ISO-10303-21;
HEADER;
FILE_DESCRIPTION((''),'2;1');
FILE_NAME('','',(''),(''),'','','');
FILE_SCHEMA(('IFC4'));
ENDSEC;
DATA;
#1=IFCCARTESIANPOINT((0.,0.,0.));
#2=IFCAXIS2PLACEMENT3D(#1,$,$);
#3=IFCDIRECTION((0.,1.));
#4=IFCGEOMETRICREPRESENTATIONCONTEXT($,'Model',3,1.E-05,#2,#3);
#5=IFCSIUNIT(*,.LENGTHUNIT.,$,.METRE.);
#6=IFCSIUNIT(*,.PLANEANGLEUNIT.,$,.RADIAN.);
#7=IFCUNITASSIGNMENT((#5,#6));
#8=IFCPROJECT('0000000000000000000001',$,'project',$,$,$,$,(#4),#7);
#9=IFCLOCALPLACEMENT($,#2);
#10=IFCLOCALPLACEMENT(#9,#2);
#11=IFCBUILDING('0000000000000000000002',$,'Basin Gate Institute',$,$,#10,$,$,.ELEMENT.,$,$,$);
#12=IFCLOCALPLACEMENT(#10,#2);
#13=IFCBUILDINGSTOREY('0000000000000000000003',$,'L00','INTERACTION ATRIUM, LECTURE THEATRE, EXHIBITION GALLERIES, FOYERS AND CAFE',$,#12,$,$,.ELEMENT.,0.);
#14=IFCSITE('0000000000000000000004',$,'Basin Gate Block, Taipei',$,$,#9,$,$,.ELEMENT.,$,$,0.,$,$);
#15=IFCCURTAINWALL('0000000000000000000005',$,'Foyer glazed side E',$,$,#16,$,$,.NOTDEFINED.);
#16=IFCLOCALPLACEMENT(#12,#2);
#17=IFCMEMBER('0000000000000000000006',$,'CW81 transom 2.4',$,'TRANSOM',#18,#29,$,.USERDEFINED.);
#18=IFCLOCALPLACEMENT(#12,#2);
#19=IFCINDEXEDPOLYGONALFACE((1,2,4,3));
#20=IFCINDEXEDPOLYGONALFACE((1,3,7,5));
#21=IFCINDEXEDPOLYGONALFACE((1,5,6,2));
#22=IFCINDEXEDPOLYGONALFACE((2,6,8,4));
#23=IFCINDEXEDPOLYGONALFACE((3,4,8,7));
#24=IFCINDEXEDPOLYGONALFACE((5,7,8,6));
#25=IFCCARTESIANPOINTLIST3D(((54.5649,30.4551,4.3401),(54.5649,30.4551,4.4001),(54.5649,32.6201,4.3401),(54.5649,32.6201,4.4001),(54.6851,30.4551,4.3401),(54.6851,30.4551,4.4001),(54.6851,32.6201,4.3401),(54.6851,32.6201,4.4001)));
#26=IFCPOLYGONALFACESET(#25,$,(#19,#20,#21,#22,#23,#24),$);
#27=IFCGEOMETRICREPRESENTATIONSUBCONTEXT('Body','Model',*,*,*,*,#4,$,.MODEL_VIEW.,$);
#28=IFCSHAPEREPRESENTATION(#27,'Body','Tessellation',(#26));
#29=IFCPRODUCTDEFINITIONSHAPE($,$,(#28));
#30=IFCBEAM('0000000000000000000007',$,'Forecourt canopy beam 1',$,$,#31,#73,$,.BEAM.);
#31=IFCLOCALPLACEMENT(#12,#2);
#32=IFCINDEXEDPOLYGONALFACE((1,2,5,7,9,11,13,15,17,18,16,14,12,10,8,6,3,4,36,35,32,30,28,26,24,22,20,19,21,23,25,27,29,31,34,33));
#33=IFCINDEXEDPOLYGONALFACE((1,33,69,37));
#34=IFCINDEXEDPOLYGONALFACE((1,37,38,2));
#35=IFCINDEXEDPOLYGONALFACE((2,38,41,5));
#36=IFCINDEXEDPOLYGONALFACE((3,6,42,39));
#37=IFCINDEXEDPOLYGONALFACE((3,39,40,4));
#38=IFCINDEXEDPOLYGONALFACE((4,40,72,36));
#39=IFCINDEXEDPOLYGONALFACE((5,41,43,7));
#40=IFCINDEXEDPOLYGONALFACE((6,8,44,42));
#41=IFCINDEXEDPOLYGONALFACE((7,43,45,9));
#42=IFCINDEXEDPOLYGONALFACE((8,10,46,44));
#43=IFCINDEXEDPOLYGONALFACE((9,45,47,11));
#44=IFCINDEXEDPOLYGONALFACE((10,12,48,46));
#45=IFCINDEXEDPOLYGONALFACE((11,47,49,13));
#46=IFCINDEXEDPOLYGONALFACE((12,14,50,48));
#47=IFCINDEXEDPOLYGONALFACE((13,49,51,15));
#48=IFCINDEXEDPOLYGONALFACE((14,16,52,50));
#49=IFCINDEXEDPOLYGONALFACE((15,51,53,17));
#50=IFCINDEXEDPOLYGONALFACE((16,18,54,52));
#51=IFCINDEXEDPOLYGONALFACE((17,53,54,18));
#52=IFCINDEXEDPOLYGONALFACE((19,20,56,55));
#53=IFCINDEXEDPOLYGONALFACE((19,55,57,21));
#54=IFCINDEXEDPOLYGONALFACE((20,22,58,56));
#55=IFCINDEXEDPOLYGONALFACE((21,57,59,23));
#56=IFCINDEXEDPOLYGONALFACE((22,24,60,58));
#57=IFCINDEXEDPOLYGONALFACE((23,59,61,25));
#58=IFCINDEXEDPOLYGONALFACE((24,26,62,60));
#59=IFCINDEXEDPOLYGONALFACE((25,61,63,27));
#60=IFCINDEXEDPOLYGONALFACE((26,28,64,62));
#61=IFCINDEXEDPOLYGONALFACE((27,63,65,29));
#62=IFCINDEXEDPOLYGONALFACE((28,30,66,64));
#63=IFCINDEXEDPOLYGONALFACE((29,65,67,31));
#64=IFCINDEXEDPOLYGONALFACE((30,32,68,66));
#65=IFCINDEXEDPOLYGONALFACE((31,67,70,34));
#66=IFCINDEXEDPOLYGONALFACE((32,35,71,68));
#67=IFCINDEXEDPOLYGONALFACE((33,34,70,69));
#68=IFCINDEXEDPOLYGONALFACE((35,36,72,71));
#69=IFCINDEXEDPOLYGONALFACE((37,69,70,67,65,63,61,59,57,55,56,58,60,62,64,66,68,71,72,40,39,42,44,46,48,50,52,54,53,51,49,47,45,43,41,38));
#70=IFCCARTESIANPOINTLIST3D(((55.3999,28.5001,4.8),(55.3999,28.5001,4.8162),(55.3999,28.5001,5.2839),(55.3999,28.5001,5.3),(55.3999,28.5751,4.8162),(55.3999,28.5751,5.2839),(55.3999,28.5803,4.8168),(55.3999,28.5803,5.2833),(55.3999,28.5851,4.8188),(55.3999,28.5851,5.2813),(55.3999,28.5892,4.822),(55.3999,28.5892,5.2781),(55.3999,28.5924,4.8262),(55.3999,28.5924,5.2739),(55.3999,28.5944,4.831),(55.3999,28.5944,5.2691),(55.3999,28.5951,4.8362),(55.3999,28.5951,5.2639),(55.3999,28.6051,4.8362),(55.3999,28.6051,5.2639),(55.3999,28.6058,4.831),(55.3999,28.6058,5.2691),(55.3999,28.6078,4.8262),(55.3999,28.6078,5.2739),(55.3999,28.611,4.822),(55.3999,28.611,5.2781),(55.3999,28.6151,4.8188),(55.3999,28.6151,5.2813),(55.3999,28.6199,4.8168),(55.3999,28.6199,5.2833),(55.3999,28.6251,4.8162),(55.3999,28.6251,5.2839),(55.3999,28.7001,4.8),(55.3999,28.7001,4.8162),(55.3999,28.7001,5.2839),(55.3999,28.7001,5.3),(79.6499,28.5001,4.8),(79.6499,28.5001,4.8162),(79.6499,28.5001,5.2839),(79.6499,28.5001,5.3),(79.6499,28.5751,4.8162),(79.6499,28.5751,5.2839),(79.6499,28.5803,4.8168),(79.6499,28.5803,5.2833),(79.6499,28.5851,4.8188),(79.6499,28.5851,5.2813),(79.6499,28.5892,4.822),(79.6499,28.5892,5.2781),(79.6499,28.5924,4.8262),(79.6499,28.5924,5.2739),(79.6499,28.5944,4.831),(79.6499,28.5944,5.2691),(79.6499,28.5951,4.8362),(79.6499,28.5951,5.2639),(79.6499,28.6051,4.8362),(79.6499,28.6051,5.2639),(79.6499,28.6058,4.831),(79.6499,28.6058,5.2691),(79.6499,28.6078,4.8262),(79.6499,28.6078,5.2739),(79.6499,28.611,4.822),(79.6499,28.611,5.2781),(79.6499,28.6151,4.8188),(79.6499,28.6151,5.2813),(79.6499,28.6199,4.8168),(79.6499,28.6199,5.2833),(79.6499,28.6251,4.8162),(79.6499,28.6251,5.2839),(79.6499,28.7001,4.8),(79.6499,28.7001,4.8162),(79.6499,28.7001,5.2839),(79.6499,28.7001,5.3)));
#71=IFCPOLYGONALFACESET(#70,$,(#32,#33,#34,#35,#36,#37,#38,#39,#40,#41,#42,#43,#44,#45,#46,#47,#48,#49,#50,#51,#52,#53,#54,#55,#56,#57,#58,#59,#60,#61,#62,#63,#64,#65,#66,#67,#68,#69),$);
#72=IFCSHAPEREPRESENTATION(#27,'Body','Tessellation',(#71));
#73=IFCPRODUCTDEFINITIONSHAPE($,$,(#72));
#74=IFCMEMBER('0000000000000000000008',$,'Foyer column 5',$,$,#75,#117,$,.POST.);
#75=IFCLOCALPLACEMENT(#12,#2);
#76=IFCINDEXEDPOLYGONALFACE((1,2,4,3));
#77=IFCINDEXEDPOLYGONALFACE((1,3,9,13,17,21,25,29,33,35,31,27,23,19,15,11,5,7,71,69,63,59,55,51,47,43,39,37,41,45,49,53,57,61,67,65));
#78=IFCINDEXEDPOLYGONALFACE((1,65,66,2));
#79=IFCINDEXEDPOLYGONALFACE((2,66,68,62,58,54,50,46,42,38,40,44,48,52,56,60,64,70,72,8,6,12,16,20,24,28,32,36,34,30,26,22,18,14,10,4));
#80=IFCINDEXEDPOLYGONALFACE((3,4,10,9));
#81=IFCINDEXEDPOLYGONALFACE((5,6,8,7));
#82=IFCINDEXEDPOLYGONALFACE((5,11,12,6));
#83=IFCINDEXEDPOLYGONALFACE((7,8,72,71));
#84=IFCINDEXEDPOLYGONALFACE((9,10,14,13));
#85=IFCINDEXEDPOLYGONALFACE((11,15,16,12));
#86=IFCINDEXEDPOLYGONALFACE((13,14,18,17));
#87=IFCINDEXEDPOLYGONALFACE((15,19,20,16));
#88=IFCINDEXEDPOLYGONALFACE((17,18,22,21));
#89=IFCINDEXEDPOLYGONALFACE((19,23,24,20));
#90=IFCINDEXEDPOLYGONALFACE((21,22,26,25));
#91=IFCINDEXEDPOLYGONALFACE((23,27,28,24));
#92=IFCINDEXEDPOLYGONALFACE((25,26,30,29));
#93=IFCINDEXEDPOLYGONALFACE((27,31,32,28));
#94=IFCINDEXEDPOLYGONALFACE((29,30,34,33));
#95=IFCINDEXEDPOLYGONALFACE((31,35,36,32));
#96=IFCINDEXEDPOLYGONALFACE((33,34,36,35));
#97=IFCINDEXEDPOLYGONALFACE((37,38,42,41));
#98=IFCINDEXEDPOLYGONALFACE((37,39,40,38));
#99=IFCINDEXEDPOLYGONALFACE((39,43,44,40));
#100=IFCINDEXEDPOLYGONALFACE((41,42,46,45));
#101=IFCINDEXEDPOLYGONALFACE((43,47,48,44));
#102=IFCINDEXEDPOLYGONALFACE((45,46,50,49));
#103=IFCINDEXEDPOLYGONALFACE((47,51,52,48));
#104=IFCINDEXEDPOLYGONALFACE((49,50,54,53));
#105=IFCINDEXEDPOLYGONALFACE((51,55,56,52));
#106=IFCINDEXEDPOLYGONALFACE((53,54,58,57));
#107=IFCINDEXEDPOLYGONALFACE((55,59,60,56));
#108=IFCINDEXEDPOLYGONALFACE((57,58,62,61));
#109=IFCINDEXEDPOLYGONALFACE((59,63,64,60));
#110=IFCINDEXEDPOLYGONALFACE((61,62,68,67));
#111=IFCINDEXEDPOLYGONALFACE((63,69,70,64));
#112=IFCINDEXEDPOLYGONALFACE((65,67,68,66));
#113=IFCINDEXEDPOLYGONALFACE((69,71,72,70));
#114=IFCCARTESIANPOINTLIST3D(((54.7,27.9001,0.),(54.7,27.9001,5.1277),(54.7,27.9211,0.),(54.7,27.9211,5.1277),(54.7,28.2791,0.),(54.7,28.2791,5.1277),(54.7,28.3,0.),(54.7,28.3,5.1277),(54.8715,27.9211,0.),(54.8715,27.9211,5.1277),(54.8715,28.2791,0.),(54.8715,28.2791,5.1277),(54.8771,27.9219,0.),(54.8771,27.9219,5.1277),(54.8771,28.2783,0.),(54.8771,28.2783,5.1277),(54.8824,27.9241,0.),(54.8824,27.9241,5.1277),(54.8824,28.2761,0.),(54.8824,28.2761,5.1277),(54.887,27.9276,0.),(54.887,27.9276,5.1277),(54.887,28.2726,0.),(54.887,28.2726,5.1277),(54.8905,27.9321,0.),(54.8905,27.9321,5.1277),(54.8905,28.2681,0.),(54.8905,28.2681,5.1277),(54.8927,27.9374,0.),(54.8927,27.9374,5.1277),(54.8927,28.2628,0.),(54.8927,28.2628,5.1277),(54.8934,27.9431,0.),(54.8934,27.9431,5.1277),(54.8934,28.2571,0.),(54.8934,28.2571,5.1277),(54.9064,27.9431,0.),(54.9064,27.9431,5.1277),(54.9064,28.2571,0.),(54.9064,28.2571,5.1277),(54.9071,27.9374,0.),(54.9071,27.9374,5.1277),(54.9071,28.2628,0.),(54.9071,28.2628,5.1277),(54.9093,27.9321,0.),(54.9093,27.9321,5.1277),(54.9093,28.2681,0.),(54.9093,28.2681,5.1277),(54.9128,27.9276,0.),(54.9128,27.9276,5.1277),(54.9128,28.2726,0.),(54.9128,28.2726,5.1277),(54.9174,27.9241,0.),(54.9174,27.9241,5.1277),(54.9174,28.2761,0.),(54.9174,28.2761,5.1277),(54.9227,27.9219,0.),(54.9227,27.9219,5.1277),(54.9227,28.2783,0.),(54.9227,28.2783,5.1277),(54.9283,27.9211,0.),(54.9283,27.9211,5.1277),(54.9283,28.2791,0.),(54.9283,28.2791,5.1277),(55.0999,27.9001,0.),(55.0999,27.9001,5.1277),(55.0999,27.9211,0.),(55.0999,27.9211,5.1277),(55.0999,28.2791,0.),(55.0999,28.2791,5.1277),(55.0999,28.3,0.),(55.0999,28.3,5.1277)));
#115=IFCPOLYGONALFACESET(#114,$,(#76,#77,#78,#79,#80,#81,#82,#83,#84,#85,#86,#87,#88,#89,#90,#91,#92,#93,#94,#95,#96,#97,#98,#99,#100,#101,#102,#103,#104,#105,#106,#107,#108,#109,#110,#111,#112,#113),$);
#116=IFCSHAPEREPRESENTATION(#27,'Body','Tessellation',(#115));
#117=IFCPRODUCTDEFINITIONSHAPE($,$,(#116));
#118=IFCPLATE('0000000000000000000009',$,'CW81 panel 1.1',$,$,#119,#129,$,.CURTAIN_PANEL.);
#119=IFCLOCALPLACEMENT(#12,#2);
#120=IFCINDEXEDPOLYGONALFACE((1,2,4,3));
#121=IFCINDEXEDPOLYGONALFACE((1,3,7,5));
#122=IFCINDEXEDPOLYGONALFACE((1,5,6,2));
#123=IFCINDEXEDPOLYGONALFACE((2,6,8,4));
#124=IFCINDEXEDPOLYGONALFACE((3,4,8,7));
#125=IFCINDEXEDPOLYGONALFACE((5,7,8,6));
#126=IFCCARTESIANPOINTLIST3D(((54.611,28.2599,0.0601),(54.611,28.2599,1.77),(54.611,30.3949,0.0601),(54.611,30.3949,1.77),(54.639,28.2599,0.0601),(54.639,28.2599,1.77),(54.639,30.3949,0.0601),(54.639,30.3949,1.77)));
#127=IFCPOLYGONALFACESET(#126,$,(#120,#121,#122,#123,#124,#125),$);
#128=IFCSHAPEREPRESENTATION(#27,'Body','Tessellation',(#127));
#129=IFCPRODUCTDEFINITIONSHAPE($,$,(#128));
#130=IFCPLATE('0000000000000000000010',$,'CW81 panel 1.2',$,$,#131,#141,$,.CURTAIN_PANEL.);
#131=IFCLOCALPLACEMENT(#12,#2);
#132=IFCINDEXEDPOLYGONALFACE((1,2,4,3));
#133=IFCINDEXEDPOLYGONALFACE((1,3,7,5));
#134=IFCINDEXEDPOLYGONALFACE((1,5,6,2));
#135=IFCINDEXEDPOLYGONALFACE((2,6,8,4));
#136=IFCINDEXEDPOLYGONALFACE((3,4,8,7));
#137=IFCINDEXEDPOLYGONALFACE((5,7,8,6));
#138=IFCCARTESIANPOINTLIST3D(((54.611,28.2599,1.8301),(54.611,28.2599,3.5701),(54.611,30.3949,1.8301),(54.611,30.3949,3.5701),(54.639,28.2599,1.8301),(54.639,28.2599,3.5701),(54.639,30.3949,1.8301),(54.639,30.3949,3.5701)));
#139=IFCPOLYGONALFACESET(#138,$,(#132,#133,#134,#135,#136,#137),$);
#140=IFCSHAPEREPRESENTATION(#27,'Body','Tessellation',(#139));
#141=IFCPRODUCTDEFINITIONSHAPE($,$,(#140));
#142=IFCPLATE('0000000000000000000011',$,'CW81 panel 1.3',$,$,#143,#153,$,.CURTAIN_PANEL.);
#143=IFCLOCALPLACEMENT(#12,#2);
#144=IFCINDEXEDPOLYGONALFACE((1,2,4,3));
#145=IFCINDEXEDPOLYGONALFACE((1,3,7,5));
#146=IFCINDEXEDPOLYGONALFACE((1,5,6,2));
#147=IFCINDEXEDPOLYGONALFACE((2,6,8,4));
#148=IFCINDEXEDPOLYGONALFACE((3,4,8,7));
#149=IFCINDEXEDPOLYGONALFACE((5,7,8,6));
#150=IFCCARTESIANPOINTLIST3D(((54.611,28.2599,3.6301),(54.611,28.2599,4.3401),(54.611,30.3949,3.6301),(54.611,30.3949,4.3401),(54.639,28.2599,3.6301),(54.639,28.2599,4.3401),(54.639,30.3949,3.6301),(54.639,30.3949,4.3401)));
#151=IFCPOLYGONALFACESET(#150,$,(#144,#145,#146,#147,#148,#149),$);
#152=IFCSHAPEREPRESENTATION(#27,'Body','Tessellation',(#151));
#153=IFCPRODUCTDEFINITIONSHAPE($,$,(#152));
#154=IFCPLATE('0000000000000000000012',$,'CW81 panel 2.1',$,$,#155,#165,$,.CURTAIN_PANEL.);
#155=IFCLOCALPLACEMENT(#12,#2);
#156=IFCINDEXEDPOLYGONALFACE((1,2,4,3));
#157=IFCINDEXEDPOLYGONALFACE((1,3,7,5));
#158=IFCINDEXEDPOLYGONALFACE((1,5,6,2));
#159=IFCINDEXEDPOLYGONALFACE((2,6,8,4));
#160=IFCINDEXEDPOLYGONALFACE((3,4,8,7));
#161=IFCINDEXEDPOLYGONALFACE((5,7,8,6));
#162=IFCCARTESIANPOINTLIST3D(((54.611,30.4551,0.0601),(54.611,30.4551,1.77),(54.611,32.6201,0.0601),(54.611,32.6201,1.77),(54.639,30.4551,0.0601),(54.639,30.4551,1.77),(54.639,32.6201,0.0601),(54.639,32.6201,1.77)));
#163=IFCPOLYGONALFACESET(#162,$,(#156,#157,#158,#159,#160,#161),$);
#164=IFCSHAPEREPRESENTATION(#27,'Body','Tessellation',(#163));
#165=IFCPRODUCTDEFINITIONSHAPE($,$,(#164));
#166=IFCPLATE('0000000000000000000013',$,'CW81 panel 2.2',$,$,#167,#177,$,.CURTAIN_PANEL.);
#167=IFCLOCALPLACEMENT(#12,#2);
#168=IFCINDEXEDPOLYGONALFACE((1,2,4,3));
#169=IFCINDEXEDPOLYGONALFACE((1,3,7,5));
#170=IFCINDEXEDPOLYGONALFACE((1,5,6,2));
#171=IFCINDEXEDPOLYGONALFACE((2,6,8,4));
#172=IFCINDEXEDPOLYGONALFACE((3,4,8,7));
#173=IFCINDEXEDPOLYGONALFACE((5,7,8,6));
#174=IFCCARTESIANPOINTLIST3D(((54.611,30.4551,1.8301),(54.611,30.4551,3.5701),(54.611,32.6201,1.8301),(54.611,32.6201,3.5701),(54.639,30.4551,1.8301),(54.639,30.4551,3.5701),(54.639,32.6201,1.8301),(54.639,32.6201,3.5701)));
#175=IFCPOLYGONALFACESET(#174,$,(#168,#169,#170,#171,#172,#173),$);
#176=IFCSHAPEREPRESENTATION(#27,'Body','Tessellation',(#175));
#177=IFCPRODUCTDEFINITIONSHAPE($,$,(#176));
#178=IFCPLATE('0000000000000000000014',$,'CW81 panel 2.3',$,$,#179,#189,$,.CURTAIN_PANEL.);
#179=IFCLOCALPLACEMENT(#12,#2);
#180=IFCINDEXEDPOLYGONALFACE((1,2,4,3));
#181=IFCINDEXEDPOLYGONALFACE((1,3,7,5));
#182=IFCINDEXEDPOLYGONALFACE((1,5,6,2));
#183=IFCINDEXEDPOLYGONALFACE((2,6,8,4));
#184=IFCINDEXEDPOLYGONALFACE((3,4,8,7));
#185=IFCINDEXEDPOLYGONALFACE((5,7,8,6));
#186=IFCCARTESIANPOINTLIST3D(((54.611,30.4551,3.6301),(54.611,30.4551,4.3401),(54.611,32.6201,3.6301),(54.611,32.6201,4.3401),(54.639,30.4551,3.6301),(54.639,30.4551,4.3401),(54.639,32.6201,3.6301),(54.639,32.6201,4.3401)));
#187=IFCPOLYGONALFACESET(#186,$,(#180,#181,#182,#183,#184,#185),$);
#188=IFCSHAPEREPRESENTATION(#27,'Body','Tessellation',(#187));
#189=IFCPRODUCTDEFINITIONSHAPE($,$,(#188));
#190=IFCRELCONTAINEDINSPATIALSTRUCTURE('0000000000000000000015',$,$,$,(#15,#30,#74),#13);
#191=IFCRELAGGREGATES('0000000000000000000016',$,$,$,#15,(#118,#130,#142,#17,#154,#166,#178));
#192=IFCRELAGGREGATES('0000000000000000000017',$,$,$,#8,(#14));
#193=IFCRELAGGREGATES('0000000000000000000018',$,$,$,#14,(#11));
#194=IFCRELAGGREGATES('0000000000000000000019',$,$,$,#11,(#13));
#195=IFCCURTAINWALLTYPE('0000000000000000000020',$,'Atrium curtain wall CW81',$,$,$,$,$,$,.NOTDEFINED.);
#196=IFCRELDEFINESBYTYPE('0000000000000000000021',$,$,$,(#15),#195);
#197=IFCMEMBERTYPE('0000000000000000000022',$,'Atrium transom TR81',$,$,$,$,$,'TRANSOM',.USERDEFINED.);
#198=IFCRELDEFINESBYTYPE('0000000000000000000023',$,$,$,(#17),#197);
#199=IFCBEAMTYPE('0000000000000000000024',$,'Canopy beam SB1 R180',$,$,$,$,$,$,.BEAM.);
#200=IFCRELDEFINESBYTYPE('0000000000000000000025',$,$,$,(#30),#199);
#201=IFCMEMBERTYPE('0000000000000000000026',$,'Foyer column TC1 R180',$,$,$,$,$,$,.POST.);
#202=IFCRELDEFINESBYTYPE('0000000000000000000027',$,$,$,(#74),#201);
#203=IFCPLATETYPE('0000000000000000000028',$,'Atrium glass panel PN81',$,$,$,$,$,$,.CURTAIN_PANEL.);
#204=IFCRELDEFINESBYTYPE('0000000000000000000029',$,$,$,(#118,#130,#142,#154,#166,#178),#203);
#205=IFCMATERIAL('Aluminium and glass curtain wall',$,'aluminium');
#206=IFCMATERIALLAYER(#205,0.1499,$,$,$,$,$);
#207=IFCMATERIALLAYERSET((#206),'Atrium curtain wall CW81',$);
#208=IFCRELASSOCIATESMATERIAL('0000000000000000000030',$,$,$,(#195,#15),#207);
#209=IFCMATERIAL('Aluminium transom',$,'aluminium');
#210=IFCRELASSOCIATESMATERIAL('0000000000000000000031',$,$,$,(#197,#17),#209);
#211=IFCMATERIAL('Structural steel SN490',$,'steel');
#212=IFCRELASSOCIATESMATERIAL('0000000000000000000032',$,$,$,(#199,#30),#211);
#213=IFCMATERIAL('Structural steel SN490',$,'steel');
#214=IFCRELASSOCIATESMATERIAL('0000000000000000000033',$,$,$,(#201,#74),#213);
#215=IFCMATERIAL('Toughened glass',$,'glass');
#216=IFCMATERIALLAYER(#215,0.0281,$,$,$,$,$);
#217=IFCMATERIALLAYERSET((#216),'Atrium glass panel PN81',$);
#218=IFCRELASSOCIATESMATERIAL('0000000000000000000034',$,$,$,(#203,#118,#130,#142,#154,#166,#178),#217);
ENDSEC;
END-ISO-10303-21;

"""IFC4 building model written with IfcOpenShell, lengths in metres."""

from ifc_helpers import new_model, si_unit, direction, frame, origin, origin_2d, place, context, subcontext, project, spatial, rectangle, i_section, extrude, material, layer, layer_set, material_profile, profile_set, type_object, element, aggregate, save


model = new_model("IFC4")

# Units and contexts
model_context = context("Model", 3, precision=1e-05, world=origin(), true_north=direction((0.0, 1.0)))
body_context = subcontext(model_context, "Body", "Model", "MODEL_VIEW")
ifc_project = project(units=[si_unit("LENGTHUNIT", "METRE"), si_unit("PLANEANGLEUNIT", "RADIAN")], contexts=[model_context])

# Site, building, storey
site_placement = place(None, origin())
site = spatial("IfcSite", under=ifc_project, at=site_placement, Name="Basin Gate Block, Taipei", CompositionType="ELEMENT", RefElevation=0.0)
building_placement = place(site_placement, origin())
building = spatial("IfcBuilding", under=site, at=building_placement, Name="Basin Gate Institute", CompositionType="ELEMENT")
storey_placement = place(building_placement, origin())
storey = spatial("IfcBuildingStorey", under=building, at=storey_placement, Name="L00", Description="INTERACTION ATRIUM, LECTURE THEATRE, EXHIBITION GALLERIES, FOYERS AND CAFE", CompositionType="ELEMENT", Elevation=0.0)

# Shared definitions
ifc_material_1 = material(Name="Aluminium and glass curtain wall", Category="aluminium")
ifc_layer_1 = layer(ifc_material_1, 0.1499)
ifc_layer_set_1 = layer_set([ifc_layer_1], Name="Atrium curtain wall CW81")
curtain_wall_type = type_object("IfcCurtainWallType", Name="Atrium curtain wall CW81", PredefinedType="NOTDEFINED", material=ifc_layer_set_1)

# Curtain wall, member
curtain_wall_1_placement = place(storey_placement, origin())
curtain_wall_1 = element("IfcCurtainWall", 1, at=curtain_wall_1_placement, inside=storey, type_object=curtain_wall_type, material=ifc_layer_set_1, Name="Foyer glazed side E", PredefinedType="NOTDEFINED")
ifc_material_2 = material(Name="Aluminium transom", Category="aluminium")
ifc_material_profile_1 = material_profile(ifc_material_2, rectangle(XDim=0.1201, YDim=0.0601, at=origin_2d()), Name="Atrium transom TR81 120 x 60")
ifc_profile_set_1 = profile_set([ifc_material_profile_1], Name="Aluminium transom")
member_type_1 = type_object("IfcMemberType", Name="Atrium transom TR81", ElementType="TRANSOM", PredefinedType="USERDEFINED", material=ifc_profile_set_1)
member_1_placement = place(storey_placement, frame((54.625, 30.4551, 4.3701), z_axis=(0.0, 1.0, 0.0), x_axis=(-1.0, 0.0, 0.0)))
member_1 = element("IfcMember", 2, at=member_1_placement, type_object=member_type_1, material=ifc_profile_set_1, Name="CW81 transom 2.4", ObjectType="TRANSOM", PredefinedType="USERDEFINED", context=body_context, shape_type="SweptSolid", body=[
    extrude(rectangle(XDim=0.1201, YDim=0.0601, at=origin_2d()), origin(), (0.0, 0.0, 1.0), 2.165),
])

# Beam
ifc_material_3 = material(Name="Structural steel SN490", Category="steel")
ifc_material_profile_2 = material_profile(ifc_material_3, i_section(OverallWidth=0.2, OverallDepth=0.5, WebThickness=0.01, FlangeThickness=0.0161, FilletRadius=0.02, at=origin_2d()), Name="H500x200")
ifc_profile_set_2 = profile_set([ifc_material_profile_2], Name="Structural steel SN490")
beam_type = type_object("IfcBeamType", Name="Canopy beam SB1 R180", PredefinedType="BEAM", material=ifc_profile_set_2)
beam_placement = place(storey_placement, frame((55.3999, 28.6001, 5.05), z_axis=(1.0, 0.0, 0.0), x_axis=(0.0, 1.0, 0.0)))
element("IfcBeam", 3, at=beam_placement, inside=storey, type_object=beam_type, material=ifc_profile_set_2, Name="Forecourt canopy beam 1", PredefinedType="BEAM", context=body_context, shape_type="SweptSolid", body=[
    extrude(i_section(OverallWidth=0.2, OverallDepth=0.5, WebThickness=0.01, FlangeThickness=0.0161, FilletRadius=0.02, at=origin_2d()), origin(), (0.0, 0.0, 1.0), 24.25),
])

# Member
ifc_material_4 = material(Name="Structural steel SN490", Category="steel")
ifc_material_profile_3 = material_profile(ifc_material_4, i_section(OverallWidth=0.3999, OverallDepth=0.3999, WebThickness=0.0129, FlangeThickness=0.021, FilletRadius=0.022, at=origin_2d()), Name="H400x400")
ifc_profile_set_3 = profile_set([ifc_material_profile_3], Name="Structural steel SN490")
member_type_2 = type_object("IfcMemberType", Name="Foyer column TC1 R180", PredefinedType="POST", material=ifc_profile_set_3)
member_2_placement = place(storey_placement, frame((54.8999, 28.1001, 0.0), z_axis=(0.0, 0.0, 1.0), x_axis=(1.0, 0.0, 0.0)))
element("IfcMember", 4, at=member_2_placement, inside=storey, type_object=member_type_2, material=ifc_profile_set_3, Name="Foyer column 5", PredefinedType="POST", context=body_context, shape_type="SweptSolid", body=[
    extrude(i_section(OverallWidth=0.3999, OverallDepth=0.3999, WebThickness=0.0129, FlangeThickness=0.021, FilletRadius=0.022, at=origin_2d()), origin(), (0.0, 0.0, 1.0), 5.1277),
])

# Plates
ifc_material_5 = material(Name="Toughened glass", Category="glass")
ifc_layer_2 = layer(ifc_material_5, 0.0281)
ifc_layer_set_2 = layer_set([ifc_layer_2], Name="Atrium glass panel PN81")
plate_type = type_object("IfcPlateType", Name="Atrium glass panel PN81", PredefinedType="CURTAIN_PANEL", material=ifc_layer_set_2)
plate_1_placement = place(storey_placement, frame((54.625, 29.3274, 0.0601), z_axis=(0.0, 0.0, 1.0), x_axis=(0.0, 1.0, 0.0)))
plate_1 = element("IfcPlate", 5, at=plate_1_placement, type_object=plate_type, material=ifc_layer_set_2, Name="CW81 panel 1.1", PredefinedType="CURTAIN_PANEL", context=body_context, shape_type="SweptSolid", body=[
    extrude(rectangle(XDim=2.135, YDim=0.0281, at=origin_2d()), origin(), (0.0, 0.0, 1.0), 1.71),
])
plate_2_placement = place(storey_placement, frame((54.625, 29.3274, 1.8301), z_axis=(0.0, 0.0, 1.0), x_axis=(0.0, 1.0, 0.0)))
plate_2 = element("IfcPlate", 6, at=plate_2_placement, type_object=plate_type, material=ifc_layer_set_2, Name="CW81 panel 1.2", PredefinedType="CURTAIN_PANEL", context=body_context, shape_type="SweptSolid", body=[
    extrude(rectangle(XDim=2.135, YDim=0.0281, at=origin_2d()), origin(), (0.0, 0.0, 1.0), 1.74),
])
plate_3_placement = place(storey_placement, frame((54.625, 29.3274, 3.6301), z_axis=(0.0, 0.0, 1.0), x_axis=(0.0, 1.0, 0.0)))
plate_3 = element("IfcPlate", 7, at=plate_3_placement, type_object=plate_type, material=ifc_layer_set_2, Name="CW81 panel 1.3", PredefinedType="CURTAIN_PANEL", context=body_context, shape_type="SweptSolid", body=[
    extrude(rectangle(XDim=2.135, YDim=0.0281, at=origin_2d()), origin(), (0.0, 0.0, 1.0), 0.71),
])
plate_4_placement = place(storey_placement, frame((54.625, 31.5376, 0.0601), z_axis=(0.0, 0.0, 1.0), x_axis=(0.0, 1.0, 0.0)))
plate_4 = element("IfcPlate", 8, at=plate_4_placement, type_object=plate_type, material=ifc_layer_set_2, Name="CW81 panel 2.1", PredefinedType="CURTAIN_PANEL", context=body_context, shape_type="SweptSolid", body=[
    extrude(rectangle(XDim=2.165, YDim=0.0281, at=origin_2d()), origin(), (0.0, 0.0, 1.0), 1.71),
])
plate_5_placement = place(storey_placement, frame((54.625, 31.5376, 1.8301), z_axis=(0.0, 0.0, 1.0), x_axis=(0.0, 1.0, 0.0)))
plate_5 = element("IfcPlate", 9, at=plate_5_placement, type_object=plate_type, material=ifc_layer_set_2, Name="CW81 panel 2.2", PredefinedType="CURTAIN_PANEL", context=body_context, shape_type="SweptSolid", body=[
    extrude(rectangle(XDim=2.165, YDim=0.0281, at=origin_2d()), origin(), (0.0, 0.0, 1.0), 1.74),
])
plate_6_placement = place(storey_placement, frame((54.625, 31.5376, 3.6301), z_axis=(0.0, 0.0, 1.0), x_axis=(0.0, 1.0, 0.0)))
plate_6 = element("IfcPlate", 10, at=plate_6_placement, type_object=plate_type, material=ifc_layer_set_2, Name="CW81 panel 2.3", PredefinedType="CURTAIN_PANEL", context=body_context, shape_type="SweptSolid", body=[
    extrude(rectangle(XDim=2.165, YDim=0.0281, at=origin_2d()), origin(), (0.0, 0.0, 1.0), 0.71),
])
aggregate(curtain_wall_1, [plate_1, plate_2, plate_3, member_1, plate_4, plate_5, plate_6])

save(model, "model.ifc")
